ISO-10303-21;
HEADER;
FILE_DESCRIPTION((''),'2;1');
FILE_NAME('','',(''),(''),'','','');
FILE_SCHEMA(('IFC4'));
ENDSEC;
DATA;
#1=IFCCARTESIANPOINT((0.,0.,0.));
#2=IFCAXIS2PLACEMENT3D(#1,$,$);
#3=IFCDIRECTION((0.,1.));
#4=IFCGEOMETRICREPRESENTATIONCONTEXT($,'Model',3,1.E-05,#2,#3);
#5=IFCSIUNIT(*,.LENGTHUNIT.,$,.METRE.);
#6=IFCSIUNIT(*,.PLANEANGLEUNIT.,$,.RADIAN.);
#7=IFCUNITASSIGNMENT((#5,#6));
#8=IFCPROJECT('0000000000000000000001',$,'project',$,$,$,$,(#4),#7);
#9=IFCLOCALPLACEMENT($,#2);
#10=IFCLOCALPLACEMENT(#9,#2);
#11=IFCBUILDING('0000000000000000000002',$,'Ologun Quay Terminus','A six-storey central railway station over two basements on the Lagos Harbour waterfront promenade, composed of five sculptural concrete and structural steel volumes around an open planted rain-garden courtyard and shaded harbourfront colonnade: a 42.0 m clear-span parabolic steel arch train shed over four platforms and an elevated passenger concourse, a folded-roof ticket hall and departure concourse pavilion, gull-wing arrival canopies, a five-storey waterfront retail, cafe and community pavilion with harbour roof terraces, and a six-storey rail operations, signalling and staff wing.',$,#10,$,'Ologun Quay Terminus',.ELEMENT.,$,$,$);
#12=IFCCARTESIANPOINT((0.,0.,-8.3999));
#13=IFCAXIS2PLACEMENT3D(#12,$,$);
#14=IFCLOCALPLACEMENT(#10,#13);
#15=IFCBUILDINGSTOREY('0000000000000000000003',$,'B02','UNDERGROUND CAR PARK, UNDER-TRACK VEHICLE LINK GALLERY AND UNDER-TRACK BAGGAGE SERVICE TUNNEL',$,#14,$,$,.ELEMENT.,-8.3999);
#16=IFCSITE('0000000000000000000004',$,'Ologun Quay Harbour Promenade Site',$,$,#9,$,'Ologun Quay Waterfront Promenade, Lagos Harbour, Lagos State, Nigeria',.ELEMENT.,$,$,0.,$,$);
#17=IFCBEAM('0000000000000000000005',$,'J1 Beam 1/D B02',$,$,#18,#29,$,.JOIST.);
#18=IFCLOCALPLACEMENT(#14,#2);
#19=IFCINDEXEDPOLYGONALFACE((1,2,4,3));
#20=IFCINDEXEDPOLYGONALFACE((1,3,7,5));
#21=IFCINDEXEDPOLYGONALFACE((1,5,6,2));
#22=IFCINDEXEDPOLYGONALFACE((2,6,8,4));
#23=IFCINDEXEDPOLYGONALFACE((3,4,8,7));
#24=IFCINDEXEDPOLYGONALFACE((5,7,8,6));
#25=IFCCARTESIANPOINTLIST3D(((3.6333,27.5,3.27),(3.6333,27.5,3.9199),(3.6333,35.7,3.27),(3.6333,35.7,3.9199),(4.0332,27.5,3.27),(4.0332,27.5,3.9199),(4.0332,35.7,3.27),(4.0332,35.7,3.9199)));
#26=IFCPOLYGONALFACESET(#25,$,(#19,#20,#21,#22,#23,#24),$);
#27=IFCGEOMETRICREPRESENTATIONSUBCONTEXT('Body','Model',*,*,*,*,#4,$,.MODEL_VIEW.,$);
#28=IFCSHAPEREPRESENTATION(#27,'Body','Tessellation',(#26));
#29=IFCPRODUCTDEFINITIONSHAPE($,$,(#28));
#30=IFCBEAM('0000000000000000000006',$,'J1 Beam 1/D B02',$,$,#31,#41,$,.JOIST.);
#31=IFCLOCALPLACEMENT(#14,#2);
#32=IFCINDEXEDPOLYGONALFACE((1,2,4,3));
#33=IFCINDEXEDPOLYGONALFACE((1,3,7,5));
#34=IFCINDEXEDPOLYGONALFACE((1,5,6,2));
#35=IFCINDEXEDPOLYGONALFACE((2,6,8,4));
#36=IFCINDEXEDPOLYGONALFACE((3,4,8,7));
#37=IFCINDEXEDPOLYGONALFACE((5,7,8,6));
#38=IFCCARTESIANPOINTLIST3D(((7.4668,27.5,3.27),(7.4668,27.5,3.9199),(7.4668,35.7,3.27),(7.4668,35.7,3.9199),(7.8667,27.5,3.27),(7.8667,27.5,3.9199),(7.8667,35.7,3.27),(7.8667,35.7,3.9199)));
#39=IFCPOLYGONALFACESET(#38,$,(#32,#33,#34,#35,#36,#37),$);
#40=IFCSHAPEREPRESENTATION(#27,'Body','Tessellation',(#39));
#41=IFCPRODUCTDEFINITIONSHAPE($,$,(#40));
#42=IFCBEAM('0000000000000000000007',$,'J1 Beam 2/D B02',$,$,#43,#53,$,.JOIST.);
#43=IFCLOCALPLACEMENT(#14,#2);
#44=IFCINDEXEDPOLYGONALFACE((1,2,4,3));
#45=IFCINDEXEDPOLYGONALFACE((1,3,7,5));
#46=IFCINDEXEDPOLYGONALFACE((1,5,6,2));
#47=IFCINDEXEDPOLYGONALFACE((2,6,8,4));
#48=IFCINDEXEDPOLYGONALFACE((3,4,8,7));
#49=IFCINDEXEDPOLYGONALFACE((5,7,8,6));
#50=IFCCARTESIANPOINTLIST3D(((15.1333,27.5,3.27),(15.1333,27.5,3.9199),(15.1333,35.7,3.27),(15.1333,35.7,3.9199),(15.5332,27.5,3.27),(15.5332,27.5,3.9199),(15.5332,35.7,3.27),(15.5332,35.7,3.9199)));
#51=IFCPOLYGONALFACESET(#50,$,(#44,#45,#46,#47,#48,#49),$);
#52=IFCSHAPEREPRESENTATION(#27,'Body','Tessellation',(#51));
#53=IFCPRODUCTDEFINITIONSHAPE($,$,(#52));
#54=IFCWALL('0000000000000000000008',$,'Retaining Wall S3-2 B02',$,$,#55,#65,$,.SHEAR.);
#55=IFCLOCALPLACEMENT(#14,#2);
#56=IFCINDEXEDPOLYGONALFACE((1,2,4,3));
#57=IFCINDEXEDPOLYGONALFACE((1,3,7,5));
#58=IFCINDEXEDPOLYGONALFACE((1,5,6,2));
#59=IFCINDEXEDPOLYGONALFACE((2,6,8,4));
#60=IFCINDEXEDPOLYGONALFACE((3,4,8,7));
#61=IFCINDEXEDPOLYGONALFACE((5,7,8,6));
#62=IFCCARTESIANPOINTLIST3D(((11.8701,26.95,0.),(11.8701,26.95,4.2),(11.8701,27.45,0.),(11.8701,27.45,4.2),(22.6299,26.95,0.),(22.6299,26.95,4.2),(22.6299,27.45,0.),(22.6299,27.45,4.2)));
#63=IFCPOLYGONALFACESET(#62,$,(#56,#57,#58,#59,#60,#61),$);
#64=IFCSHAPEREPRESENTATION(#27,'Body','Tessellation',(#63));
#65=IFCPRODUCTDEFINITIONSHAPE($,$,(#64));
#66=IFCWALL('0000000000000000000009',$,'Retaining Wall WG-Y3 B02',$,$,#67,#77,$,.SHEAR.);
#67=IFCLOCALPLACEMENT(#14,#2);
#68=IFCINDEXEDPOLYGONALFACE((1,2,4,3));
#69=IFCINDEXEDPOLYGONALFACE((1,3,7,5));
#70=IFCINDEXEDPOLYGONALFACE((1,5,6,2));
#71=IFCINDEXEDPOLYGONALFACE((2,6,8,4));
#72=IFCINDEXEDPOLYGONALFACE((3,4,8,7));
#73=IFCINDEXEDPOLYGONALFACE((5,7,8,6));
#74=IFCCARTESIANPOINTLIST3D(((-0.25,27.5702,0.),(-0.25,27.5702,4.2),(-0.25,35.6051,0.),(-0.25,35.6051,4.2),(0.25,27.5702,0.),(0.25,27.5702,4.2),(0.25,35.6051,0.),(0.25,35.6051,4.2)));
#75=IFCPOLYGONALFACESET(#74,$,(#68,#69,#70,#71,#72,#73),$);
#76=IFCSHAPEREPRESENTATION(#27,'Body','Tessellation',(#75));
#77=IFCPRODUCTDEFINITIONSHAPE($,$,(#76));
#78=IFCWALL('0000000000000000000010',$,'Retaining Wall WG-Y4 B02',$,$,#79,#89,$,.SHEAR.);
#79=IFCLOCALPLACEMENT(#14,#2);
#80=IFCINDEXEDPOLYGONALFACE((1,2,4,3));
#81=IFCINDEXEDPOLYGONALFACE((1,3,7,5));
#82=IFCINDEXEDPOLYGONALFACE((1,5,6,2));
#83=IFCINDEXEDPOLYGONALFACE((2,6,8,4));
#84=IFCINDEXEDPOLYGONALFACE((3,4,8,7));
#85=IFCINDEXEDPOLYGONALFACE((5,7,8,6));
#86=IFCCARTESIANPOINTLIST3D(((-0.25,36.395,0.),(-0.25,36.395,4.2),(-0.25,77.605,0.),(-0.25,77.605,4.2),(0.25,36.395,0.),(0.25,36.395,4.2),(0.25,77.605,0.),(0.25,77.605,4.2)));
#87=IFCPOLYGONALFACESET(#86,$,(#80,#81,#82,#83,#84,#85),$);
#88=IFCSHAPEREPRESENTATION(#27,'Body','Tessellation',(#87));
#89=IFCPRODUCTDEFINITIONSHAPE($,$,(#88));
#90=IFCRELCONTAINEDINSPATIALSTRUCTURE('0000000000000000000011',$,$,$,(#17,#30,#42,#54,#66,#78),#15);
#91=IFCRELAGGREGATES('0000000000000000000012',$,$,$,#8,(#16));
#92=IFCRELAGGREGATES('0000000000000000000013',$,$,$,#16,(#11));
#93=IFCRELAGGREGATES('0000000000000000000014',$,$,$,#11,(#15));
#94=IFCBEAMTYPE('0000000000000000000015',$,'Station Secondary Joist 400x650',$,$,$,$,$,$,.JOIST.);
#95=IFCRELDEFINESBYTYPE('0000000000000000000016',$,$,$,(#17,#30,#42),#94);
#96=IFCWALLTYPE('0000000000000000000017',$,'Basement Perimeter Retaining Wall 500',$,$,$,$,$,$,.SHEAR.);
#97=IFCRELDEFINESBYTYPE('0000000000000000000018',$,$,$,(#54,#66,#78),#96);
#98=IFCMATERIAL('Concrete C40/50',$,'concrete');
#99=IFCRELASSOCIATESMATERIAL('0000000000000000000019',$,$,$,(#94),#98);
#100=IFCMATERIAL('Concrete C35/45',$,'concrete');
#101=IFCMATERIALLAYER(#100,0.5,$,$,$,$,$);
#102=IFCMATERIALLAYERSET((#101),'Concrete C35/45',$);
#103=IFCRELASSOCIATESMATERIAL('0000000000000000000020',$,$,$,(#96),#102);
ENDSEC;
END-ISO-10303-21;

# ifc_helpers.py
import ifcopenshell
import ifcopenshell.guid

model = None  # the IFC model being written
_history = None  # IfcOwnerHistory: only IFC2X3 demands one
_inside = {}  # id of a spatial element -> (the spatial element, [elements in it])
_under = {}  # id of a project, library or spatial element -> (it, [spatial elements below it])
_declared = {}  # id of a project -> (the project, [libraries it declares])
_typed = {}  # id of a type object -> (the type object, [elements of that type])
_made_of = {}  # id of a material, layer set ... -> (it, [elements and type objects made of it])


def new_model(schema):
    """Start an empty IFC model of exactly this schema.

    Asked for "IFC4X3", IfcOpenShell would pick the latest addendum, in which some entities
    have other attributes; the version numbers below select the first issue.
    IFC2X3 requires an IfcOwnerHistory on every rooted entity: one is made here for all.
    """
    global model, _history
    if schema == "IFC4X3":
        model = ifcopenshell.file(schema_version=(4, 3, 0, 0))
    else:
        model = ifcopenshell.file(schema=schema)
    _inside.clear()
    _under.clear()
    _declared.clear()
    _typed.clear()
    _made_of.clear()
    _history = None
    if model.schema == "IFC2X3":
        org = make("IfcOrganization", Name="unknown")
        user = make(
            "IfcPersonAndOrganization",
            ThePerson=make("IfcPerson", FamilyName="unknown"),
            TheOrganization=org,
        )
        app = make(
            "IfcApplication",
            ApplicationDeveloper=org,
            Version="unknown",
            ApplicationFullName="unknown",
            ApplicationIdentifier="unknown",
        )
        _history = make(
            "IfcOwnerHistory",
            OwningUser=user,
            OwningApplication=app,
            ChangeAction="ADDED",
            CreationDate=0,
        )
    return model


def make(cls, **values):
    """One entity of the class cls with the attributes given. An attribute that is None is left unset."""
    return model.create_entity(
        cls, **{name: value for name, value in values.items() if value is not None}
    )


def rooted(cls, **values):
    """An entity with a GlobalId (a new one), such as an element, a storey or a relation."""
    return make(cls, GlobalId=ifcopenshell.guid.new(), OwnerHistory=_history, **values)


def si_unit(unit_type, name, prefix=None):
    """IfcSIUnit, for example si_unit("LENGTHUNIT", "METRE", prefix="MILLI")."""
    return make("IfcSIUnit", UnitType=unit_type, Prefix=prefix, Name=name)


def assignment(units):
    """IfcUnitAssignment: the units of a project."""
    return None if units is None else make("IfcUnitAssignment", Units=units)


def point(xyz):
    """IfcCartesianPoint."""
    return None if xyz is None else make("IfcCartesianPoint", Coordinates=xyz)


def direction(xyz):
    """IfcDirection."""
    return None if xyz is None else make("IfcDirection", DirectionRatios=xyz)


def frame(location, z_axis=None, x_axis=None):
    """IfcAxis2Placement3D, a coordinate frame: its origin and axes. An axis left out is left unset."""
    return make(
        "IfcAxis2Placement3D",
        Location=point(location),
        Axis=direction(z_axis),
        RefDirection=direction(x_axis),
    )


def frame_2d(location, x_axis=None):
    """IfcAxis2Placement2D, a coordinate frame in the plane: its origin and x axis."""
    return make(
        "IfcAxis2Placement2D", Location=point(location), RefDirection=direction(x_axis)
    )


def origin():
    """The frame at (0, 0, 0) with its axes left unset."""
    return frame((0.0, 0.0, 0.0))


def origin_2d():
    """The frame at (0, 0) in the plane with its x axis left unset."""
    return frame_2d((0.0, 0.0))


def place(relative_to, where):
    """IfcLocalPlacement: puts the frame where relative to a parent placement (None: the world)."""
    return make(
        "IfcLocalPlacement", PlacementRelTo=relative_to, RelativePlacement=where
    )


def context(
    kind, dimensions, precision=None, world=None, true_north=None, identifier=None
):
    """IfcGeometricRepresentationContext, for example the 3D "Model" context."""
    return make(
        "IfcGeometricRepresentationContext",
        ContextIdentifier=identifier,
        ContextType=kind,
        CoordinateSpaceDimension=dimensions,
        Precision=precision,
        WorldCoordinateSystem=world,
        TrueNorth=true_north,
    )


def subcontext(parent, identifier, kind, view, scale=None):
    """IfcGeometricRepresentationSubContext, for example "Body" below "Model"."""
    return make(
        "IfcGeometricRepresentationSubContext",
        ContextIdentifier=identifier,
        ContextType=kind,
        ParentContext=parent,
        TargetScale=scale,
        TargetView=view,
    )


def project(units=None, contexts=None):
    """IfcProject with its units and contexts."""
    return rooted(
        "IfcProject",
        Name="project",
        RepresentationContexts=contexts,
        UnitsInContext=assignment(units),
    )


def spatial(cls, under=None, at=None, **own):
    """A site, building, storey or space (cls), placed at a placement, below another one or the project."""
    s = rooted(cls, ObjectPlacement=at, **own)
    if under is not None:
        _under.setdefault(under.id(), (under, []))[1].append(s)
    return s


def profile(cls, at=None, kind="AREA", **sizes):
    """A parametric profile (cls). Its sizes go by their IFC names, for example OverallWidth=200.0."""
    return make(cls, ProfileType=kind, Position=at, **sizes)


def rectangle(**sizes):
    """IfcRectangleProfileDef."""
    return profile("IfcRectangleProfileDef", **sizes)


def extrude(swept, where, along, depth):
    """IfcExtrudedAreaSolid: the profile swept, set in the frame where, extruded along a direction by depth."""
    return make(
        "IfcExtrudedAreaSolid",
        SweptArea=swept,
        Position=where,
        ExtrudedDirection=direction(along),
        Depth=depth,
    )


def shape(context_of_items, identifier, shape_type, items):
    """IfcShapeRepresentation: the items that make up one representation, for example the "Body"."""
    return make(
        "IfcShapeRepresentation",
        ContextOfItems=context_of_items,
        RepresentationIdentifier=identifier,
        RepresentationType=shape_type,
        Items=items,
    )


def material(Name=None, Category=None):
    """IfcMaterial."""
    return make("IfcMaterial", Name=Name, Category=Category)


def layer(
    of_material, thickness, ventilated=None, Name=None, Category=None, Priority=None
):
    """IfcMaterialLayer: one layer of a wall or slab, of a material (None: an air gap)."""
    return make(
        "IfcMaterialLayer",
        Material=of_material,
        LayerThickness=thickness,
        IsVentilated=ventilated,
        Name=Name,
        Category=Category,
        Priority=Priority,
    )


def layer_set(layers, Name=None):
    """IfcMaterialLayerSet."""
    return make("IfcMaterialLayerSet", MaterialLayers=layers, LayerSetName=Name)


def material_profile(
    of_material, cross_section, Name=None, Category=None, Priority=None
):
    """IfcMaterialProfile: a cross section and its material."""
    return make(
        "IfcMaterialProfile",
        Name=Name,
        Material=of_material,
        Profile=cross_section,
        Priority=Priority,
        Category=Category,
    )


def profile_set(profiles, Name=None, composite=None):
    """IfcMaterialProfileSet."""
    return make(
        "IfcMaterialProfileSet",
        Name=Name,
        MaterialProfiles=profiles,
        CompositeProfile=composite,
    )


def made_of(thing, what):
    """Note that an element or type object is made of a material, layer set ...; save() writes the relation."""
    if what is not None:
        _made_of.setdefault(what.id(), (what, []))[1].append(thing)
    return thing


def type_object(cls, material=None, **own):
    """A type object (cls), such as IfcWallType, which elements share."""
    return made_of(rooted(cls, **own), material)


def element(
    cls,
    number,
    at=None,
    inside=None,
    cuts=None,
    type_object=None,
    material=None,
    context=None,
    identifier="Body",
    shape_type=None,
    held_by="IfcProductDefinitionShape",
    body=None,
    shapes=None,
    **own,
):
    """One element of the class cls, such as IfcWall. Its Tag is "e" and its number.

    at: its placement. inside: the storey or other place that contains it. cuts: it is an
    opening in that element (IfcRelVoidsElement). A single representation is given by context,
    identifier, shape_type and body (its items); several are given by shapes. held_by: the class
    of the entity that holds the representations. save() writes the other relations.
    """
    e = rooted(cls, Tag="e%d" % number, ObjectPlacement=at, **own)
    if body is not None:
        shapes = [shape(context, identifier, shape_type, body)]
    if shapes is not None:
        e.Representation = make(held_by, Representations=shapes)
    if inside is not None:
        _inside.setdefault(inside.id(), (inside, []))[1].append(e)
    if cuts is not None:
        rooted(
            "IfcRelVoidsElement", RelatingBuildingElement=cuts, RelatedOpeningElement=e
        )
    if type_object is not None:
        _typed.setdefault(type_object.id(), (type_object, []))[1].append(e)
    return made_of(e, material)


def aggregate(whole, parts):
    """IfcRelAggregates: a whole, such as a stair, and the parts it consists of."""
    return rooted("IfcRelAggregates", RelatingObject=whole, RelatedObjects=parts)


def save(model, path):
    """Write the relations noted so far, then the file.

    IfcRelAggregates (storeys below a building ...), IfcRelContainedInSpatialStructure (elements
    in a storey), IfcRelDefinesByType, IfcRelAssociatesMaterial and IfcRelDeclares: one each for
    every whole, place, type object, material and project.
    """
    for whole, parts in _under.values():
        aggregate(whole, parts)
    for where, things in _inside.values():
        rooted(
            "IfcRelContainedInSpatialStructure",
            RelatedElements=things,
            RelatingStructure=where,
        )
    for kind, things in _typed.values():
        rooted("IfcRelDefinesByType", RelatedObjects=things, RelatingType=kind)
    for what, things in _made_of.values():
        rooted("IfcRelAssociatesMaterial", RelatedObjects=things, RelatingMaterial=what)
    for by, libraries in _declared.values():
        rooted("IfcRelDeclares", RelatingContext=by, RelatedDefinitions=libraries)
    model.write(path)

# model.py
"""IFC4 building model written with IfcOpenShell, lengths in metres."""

from ifc_helpers import new_model, si_unit, direction, frame, frame_2d, origin, origin_2d, place, context, subcontext, project, spatial, rectangle, extrude, material, layer, layer_set, material_profile, profile_set, type_object, element, save


model = new_model("IFC4")

# Units and contexts
model_context = context("Model", 3, precision=1e-05, world=origin(), true_north=direction((0.0, 1.0)))
body_context = subcontext(model_context, "Body", "Model", "MODEL_VIEW")
ifc_project = project(units=[si_unit("LENGTHUNIT", "METRE"), si_unit("PLANEANGLEUNIT", "RADIAN")], contexts=[model_context])

# Site, building, storey
site_placement = place(None, origin())
site = spatial("IfcSite", under=ifc_project, at=site_placement, Name="Ologun Quay Harbour Promenade Site", LongName="Ologun Quay Waterfront Promenade, Lagos Harbour, Lagos State, Nigeria", CompositionType="ELEMENT", RefElevation=0.0)
building_placement = place(site_placement, origin())
building = spatial("IfcBuilding", under=site, at=building_placement, Name="Ologun Quay Terminus", Description="A six-storey central railway station over two basements on the Lagos Harbour waterfront promenade, composed of five sculptural concrete and structural steel volumes around an open planted rain-garden courtyard and shaded harbourfront colonnade: a 42.0 m clear-span parabolic steel arch train shed over four platforms and an elevated passenger concourse, a folded-roof ticket hall and departure concourse pavilion, gull-wing arrival canopies, a five-storey waterfront retail, cafe and community pavilion with harbour roof terraces, and a six-storey rail operations, signalling and staff wing.", LongName="Ologun Quay Terminus", CompositionType="ELEMENT")
storey_placement = place(building_placement, frame((0.0, 0.0, -8.3999)))
storey = spatial("IfcBuildingStorey", under=building, at=storey_placement, Name="B02", Description="UNDERGROUND CAR PARK, UNDER-TRACK VEHICLE LINK GALLERY AND UNDER-TRACK BAGGAGE SERVICE TUNNEL", CompositionType="ELEMENT", Elevation=-8.3999)

# Beams
ifc_material_1 = material(Name="Concrete C40/50", Category="concrete")
ifc_material_profile_1 = material_profile(ifc_material_1, rectangle(XDim=0.3999, YDim=0.6499, at=origin_2d()), Name="RC 400x650")
ifc_profile_set_1 = profile_set([ifc_material_profile_1], Name="Concrete C40/50")
beam_type_1 = type_object("IfcBeamType", Name="Station Secondary Joist 400x650", PredefinedType="JOIST", material=ifc_profile_set_1)
for number, where, z_axis, x_axis, name in (
    (1, (3.8333, 27.5, 3.595), (0.0, 1.0, 0.0), (-1.0, 0.0, 0.0), "J1 Beam 1/D B02"),
    (2, (7.6667, 27.5, 3.595), (0.0, 1.0, 0.0), (-1.0, 0.0, 0.0), "J1 Beam 1/D B02"),
    (3, (15.3333, 27.5, 3.595), (0.0, 1.0, 0.0), (-1.0, 0.0, 0.0), "J1 Beam 2/D B02"),
):
    element("IfcBeam", number, at=place(storey_placement, frame(where, z_axis=z_axis, x_axis=x_axis)), inside=storey, type_object=beam_type_1, Name=name, PredefinedType="JOIST", context=body_context, shape_type="SweptSolid", body=[
        extrude(rectangle(XDim=0.3999, YDim=0.6499, at=origin_2d()), origin(), (0.0, 0.0, 1.0), 8.2),
    ])

# Walls
ifc_material_2 = material(Name="Concrete C35/45", Category="concrete")
ifc_layer = layer(ifc_material_2, 0.5)
ifc_layer_set = layer_set([ifc_layer], Name="Concrete C35/45")
wall_type = type_object("IfcWallType", Name="Basement Perimeter Retaining Wall 500", PredefinedType="SHEAR", material=ifc_layer_set)
wall_1_placement = place(storey_placement, frame((11.8701, 27.2, 0.0), z_axis=(0.0, 0.0, 1.0), x_axis=(1.0, 0.0, 0.0)))
element("IfcWall", 4, at=wall_1_placement, inside=storey, type_object=wall_type, Name="Retaining Wall S3-2 B02", PredefinedType="SHEAR", context=body_context, shape_type="SweptSolid", body=[
    extrude(rectangle(XDim=10.7598, YDim=0.5, at=frame_2d((5.3799, 0.0))), origin(), (0.0, 0.0, 1.0), 4.2),
])
wall_2_placement = place(storey_placement, frame((0.0, 27.5701, 0.0), z_axis=(0.0, 0.0, 1.0), x_axis=(0.0, 1.0, 0.0)))
element("IfcWall", 5, at=wall_2_placement, inside=storey, type_object=wall_type, Name="Retaining Wall WG-Y3 B02", PredefinedType="SHEAR", context=body_context, shape_type="SweptSolid", body=[
    extrude(rectangle(XDim=8.0349, YDim=0.5, at=frame_2d((4.0176, 0.0))), origin(), (0.0, 0.0, 1.0), 4.2),
])
wall_3_placement = place(storey_placement, frame((0.0, 36.395, 0.0), z_axis=(0.0, 0.0, 1.0), x_axis=(0.0, 1.0, 0.0)))
element("IfcWall", 6, at=wall_3_placement, inside=storey, type_object=wall_type, Name="Retaining Wall WG-Y4 B02", PredefinedType="SHEAR", context=body_context, shape_type="SweptSolid", body=[
    extrude(rectangle(XDim=41.21, YDim=0.5, at=frame_2d((20.605, 0.0))), origin(), (0.0, 0.0, 1.0), 4.2),
])

save(model, "model.ifc")
